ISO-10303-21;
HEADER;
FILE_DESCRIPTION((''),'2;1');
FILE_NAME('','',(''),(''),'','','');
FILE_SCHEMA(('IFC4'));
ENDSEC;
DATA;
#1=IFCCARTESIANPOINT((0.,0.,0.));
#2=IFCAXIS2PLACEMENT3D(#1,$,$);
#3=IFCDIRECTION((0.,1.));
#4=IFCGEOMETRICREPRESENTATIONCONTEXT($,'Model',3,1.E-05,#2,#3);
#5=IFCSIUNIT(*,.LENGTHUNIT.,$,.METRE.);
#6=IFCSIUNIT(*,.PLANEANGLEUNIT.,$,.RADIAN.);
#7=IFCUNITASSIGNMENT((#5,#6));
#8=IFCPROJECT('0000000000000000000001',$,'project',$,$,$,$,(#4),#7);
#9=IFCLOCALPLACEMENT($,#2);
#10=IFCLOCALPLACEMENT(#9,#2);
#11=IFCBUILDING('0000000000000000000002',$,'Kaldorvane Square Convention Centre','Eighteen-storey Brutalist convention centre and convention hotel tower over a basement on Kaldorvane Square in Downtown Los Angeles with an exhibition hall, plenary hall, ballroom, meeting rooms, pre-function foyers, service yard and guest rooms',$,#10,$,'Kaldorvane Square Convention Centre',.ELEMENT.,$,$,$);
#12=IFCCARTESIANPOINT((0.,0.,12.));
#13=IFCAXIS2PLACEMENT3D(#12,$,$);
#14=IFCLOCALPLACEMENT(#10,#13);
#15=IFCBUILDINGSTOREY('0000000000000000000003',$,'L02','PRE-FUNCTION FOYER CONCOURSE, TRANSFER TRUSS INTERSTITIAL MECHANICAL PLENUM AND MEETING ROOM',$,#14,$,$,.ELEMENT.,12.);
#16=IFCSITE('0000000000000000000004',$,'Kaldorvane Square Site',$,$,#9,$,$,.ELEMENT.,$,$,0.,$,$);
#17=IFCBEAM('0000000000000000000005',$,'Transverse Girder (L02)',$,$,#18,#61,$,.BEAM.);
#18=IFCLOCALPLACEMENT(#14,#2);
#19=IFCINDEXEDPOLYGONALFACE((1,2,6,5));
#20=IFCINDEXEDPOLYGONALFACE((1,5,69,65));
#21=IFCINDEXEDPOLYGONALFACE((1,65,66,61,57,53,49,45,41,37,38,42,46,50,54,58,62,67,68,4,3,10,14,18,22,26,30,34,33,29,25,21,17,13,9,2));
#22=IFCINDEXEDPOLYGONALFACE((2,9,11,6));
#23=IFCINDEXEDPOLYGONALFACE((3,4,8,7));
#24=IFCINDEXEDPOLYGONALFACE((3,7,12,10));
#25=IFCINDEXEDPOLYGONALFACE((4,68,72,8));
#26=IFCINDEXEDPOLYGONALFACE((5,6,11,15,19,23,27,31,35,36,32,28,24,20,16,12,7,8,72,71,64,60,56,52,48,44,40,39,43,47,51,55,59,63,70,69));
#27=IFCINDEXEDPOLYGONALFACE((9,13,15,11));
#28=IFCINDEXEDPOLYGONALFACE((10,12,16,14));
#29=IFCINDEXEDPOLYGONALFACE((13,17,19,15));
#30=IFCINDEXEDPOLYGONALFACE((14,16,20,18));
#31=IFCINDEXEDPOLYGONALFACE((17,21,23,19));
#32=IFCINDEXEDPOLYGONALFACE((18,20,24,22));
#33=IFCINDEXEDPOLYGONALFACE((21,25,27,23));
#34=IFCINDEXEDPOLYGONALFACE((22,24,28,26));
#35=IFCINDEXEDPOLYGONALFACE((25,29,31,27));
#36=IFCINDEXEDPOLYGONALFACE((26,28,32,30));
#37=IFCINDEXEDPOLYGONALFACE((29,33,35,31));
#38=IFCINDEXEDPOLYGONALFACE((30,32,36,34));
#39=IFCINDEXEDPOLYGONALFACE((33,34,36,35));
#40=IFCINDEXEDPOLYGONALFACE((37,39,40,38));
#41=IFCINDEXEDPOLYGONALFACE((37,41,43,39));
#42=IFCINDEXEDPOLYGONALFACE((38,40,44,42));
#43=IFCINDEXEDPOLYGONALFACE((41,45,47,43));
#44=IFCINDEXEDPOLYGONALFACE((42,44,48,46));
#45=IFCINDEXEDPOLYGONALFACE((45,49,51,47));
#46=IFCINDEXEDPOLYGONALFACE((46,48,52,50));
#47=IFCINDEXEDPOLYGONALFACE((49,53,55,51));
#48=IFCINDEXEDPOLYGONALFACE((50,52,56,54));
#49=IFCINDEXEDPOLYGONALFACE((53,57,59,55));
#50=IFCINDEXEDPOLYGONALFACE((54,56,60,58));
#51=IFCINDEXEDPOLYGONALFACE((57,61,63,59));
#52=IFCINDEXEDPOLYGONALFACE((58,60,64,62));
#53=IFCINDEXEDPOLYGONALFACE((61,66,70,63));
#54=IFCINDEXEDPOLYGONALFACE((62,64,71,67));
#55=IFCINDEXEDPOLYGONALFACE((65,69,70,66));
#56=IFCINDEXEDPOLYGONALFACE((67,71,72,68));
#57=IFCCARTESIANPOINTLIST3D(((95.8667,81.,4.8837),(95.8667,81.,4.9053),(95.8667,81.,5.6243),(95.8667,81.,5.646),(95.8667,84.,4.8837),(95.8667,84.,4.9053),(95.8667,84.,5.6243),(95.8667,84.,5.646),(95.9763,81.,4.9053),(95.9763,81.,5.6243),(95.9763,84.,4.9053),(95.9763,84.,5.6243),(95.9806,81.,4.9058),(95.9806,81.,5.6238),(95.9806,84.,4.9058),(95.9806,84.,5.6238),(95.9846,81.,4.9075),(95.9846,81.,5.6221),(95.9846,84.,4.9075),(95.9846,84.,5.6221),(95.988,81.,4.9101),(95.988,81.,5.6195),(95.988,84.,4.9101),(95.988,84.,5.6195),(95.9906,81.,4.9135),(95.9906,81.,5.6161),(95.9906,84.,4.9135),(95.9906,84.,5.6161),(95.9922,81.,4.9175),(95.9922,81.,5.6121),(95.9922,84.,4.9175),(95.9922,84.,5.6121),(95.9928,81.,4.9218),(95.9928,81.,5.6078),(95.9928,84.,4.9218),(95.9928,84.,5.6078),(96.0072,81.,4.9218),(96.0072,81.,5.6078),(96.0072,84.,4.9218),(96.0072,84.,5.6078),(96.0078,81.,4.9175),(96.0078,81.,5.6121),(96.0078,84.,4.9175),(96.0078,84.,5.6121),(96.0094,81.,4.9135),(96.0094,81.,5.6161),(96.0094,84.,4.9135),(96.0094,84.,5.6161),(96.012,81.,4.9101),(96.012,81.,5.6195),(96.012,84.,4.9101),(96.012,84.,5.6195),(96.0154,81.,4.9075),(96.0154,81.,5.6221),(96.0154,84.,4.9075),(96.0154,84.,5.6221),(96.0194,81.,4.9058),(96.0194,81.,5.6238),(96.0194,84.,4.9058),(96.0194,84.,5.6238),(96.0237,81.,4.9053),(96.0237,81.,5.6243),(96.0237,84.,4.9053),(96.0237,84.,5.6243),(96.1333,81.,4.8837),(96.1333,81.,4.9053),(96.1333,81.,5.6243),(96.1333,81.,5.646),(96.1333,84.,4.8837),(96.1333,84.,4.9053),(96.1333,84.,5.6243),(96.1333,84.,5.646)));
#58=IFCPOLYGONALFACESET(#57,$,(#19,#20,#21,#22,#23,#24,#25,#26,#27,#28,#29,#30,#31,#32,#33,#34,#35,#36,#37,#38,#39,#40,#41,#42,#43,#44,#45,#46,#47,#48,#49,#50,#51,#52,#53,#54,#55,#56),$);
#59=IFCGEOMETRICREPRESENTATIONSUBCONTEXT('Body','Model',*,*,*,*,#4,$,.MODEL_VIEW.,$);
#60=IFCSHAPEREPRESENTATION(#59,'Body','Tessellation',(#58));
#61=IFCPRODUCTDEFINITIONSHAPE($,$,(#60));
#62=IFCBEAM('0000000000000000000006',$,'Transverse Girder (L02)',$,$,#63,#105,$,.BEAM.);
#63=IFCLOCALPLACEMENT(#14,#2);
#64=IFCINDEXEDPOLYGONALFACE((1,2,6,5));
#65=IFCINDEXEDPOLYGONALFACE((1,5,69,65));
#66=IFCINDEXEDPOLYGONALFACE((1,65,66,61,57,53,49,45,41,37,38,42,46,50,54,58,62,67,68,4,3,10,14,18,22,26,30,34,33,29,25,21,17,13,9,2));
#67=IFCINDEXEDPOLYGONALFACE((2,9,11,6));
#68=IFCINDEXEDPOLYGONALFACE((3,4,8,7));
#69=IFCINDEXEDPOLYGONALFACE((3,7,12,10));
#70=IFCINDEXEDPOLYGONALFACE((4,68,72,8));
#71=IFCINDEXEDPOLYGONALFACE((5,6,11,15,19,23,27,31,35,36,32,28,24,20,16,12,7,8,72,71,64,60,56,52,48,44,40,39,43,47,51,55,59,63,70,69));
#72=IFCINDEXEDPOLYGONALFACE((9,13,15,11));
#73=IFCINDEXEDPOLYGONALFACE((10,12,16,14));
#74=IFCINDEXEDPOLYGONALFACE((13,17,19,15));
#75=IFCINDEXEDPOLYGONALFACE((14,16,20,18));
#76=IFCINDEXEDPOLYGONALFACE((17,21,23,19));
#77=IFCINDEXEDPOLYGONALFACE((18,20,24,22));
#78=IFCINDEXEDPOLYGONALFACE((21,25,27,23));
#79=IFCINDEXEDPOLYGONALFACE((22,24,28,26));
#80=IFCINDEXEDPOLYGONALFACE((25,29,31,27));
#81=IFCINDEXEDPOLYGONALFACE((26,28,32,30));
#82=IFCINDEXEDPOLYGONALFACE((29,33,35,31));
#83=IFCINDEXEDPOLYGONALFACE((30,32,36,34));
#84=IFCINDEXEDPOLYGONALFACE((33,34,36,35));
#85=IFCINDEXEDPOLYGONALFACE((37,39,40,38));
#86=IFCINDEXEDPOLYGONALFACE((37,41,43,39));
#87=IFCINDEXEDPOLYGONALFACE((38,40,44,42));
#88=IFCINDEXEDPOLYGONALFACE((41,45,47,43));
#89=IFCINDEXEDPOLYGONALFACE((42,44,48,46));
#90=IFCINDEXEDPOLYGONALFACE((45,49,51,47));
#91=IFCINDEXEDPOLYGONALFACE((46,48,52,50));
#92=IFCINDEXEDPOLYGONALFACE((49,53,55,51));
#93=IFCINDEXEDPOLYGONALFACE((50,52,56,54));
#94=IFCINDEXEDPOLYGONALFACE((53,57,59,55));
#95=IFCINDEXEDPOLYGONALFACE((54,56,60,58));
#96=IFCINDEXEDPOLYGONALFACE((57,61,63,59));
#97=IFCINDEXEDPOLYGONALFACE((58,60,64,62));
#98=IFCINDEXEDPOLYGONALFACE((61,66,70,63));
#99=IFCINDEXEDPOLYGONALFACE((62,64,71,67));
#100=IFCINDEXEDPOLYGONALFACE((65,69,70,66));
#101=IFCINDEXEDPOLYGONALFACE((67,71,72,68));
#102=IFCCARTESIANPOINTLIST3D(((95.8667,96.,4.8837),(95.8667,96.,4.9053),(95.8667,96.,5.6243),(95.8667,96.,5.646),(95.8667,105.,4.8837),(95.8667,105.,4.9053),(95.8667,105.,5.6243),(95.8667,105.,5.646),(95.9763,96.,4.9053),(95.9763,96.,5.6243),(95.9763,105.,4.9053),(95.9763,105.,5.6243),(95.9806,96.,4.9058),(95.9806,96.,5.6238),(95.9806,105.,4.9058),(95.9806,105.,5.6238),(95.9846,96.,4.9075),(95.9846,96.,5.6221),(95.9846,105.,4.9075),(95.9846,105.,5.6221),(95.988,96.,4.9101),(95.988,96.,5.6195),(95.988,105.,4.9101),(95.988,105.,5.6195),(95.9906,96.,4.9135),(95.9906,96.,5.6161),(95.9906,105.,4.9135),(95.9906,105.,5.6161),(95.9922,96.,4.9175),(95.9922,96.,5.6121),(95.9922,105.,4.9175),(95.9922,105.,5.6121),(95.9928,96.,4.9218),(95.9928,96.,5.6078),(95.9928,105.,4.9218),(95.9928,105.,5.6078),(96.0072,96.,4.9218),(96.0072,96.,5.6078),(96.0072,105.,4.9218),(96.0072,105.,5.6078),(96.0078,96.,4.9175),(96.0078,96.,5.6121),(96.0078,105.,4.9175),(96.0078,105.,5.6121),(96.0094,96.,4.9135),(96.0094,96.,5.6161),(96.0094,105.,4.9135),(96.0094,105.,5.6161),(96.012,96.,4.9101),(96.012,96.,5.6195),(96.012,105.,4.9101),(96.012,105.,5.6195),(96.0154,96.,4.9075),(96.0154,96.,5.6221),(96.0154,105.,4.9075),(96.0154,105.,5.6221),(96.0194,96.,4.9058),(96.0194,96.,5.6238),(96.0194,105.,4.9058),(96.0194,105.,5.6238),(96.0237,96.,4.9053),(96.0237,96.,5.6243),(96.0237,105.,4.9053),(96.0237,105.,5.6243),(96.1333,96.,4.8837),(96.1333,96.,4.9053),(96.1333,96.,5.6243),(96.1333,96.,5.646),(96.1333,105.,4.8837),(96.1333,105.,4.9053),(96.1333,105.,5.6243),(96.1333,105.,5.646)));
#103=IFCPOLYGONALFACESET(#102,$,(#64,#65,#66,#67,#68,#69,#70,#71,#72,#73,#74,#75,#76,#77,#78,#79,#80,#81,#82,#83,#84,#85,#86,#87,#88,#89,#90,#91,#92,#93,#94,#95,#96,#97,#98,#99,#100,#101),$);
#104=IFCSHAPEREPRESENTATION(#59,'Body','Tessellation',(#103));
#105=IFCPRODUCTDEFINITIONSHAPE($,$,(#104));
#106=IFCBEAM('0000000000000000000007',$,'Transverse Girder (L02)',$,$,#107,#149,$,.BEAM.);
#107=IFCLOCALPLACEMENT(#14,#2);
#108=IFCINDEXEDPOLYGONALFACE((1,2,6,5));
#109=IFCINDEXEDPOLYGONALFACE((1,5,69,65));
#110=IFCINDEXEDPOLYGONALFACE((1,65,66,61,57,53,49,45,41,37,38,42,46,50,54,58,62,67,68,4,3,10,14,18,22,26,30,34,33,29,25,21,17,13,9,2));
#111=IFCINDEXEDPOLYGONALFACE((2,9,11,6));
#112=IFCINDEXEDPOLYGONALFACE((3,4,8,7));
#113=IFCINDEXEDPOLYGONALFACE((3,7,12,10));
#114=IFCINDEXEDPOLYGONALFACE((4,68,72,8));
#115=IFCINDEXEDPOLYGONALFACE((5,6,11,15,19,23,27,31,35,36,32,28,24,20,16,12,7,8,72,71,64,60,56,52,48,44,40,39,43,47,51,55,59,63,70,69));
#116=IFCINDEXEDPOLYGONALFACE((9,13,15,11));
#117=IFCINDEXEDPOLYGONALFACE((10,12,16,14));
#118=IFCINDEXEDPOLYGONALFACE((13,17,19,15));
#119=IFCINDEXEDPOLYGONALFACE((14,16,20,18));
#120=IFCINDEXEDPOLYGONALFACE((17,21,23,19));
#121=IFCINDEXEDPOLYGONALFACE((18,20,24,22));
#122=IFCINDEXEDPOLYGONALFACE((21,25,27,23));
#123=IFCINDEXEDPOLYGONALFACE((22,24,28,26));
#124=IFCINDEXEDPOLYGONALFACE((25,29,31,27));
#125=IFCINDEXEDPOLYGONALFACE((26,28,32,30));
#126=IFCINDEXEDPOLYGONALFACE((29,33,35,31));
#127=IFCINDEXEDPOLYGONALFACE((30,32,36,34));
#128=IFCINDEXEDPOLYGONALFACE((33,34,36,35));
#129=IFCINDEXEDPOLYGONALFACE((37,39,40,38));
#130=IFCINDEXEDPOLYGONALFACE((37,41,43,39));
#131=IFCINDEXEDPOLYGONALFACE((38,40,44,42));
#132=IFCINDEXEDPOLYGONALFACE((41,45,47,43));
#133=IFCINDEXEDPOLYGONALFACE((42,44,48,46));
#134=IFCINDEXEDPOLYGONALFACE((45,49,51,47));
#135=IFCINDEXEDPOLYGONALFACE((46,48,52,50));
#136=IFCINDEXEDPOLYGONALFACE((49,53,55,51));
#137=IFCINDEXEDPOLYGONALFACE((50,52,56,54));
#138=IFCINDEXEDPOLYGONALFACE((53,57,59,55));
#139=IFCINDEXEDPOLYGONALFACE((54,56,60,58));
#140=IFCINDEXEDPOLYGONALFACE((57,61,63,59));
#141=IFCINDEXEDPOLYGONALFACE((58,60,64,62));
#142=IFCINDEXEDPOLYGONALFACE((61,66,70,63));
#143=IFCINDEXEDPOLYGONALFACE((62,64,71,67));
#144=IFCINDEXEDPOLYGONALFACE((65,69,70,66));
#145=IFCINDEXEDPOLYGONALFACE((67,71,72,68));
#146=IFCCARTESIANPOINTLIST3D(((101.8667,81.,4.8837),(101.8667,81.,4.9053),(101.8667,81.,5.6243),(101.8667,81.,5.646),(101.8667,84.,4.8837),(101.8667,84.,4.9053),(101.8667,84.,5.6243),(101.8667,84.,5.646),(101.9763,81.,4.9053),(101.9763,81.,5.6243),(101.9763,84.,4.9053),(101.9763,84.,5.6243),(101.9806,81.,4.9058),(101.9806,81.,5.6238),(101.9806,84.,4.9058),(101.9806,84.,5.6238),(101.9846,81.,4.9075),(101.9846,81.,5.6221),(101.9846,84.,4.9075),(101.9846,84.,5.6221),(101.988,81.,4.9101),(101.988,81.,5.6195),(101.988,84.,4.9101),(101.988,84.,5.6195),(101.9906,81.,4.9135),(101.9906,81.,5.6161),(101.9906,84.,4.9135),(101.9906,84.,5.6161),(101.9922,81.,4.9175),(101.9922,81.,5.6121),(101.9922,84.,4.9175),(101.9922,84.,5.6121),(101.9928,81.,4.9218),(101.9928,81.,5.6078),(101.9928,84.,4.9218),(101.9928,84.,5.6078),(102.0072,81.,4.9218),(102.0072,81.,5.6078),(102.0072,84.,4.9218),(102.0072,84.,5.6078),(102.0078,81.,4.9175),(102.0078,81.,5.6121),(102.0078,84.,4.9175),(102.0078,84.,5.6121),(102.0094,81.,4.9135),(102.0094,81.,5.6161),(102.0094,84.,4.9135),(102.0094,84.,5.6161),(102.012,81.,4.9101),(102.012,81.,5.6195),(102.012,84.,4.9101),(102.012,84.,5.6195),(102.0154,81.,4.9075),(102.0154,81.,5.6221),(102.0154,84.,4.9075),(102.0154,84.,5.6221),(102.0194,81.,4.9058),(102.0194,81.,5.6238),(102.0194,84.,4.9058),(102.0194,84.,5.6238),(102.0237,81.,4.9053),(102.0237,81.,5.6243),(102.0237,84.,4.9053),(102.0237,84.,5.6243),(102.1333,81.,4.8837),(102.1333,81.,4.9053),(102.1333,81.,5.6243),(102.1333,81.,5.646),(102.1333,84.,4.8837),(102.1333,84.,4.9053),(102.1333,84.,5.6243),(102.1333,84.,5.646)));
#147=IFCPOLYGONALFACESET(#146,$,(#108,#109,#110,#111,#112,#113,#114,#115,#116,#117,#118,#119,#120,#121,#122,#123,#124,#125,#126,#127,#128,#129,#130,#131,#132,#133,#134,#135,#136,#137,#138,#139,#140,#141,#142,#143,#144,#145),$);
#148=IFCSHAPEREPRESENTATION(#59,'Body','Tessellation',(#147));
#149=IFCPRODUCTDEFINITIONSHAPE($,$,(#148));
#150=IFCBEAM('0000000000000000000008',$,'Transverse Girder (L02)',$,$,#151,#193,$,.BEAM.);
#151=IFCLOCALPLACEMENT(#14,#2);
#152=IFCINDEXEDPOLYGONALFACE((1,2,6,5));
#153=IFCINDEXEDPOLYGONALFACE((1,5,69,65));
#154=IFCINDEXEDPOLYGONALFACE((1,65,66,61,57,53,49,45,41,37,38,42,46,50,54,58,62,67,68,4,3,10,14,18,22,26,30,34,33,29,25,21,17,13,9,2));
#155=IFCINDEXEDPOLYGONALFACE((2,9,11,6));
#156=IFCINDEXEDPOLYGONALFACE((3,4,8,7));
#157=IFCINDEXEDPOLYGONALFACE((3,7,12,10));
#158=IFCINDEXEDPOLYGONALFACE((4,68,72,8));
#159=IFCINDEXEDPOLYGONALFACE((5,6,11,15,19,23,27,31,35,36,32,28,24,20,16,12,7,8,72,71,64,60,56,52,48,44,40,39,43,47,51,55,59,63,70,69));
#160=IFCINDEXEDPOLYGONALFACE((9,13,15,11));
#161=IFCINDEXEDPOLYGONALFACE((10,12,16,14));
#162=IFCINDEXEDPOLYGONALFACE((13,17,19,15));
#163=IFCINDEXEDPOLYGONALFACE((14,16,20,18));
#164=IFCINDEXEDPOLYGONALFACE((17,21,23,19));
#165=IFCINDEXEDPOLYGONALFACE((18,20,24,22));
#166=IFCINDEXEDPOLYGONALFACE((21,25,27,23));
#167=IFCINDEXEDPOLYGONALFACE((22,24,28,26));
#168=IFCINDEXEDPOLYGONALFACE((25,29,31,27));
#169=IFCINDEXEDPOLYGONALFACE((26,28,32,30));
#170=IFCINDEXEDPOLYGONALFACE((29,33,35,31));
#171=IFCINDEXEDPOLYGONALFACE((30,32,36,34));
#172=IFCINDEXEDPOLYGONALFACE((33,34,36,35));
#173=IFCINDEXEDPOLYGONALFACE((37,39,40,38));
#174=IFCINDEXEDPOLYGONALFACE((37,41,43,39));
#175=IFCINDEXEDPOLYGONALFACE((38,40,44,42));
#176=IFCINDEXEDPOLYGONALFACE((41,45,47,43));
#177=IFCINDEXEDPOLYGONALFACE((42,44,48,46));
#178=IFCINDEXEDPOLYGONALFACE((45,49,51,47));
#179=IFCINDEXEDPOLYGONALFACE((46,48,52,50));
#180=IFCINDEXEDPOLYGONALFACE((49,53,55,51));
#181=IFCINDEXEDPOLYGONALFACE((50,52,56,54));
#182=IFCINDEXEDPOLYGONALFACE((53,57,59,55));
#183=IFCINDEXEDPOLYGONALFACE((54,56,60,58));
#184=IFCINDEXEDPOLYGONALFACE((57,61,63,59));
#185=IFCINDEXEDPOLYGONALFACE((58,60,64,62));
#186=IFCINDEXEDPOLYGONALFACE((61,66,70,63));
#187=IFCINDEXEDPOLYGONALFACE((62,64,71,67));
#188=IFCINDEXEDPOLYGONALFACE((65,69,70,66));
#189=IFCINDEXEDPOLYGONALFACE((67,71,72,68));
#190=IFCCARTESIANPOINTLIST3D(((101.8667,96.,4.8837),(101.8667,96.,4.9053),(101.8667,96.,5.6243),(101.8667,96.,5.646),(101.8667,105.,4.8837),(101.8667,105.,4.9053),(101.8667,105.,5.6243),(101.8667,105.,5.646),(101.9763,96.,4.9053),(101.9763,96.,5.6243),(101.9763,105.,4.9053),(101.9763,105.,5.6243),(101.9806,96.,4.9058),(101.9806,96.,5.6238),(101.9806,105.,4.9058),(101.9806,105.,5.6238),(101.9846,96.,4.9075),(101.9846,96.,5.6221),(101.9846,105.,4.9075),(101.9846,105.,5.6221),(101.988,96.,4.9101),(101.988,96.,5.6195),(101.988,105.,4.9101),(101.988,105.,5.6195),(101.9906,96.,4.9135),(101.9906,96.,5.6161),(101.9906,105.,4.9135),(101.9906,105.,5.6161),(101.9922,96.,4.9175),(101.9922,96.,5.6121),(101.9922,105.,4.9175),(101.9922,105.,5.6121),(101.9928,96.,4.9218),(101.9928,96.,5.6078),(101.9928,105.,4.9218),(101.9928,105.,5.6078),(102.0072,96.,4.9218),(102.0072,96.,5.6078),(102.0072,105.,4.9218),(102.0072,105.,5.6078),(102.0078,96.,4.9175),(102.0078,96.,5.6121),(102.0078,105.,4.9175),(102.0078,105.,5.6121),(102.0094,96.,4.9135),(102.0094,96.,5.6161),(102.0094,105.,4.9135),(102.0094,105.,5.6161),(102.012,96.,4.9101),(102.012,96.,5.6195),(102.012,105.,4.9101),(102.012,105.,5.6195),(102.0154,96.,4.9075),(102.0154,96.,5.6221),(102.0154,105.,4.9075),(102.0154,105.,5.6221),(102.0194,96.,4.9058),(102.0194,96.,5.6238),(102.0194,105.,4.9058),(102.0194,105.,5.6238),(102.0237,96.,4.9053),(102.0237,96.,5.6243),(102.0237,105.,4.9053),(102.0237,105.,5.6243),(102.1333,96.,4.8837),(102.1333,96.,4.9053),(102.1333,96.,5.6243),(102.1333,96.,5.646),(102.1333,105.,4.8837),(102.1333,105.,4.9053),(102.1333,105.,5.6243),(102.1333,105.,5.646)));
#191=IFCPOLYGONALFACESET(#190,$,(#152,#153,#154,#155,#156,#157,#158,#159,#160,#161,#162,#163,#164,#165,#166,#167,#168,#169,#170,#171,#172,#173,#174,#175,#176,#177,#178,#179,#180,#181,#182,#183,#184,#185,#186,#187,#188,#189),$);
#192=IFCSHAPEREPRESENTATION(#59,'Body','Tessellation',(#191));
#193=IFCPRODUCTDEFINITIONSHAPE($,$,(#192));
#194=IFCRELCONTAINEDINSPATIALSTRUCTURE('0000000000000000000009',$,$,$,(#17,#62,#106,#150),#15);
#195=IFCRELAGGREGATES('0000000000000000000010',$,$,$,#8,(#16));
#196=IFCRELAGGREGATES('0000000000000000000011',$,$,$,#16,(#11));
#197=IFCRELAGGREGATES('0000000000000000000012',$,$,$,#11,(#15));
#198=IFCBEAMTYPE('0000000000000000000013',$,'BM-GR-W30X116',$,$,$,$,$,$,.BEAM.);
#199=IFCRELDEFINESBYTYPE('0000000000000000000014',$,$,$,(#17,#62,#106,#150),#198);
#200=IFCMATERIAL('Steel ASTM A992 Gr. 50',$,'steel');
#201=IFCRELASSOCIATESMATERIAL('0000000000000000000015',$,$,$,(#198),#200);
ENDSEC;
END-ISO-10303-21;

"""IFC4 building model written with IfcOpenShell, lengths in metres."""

from ifc_helpers import new_model, si_unit, direction, frame, origin, origin_2d, place, context, subcontext, project, spatial, i_section, extrude, material, material_profile, profile_set, type_object, element, save


model = new_model("IFC4")

# Units and contexts
model_context = context("Model", 3, precision=1e-05, world=origin(), true_north=direction((0.0, 1.0)))
body_context = subcontext(model_context, "Body", "Model", "MODEL_VIEW")
ifc_project = project(units=[si_unit("LENGTHUNIT", "METRE"), si_unit("PLANEANGLEUNIT", "RADIAN")], contexts=[model_context])

# Site, building, storey
site_placement = place(None, origin())
site = spatial("IfcSite", under=ifc_project, at=site_placement, Name="Kaldorvane Square Site", CompositionType="ELEMENT", RefElevation=0.0)
building_placement = place(site_placement, origin())
building = spatial("IfcBuilding", under=site, at=building_placement, Name="Kaldorvane Square Convention Centre", Description="Eighteen-storey Brutalist convention centre and convention hotel tower over a basement on Kaldorvane Square in Downtown Los Angeles with an exhibition hall, plenary hall, ballroom, meeting rooms, pre-function foyers, service yard and guest rooms", LongName="Kaldorvane Square Convention Centre", CompositionType="ELEMENT")
storey_placement = place(building_placement, frame((0.0, 0.0, 12.0)))
storey = spatial("IfcBuildingStorey", under=building, at=storey_placement, Name="L02", Description="PRE-FUNCTION FOYER CONCOURSE, TRANSFER TRUSS INTERSTITIAL MECHANICAL PLENUM AND MEETING ROOM", CompositionType="ELEMENT", Elevation=12.0)

# Shared definitions
ifc_material_1 = material(Name="Steel ASTM A992 Gr. 50", Category="steel")

# Beams
ifc_material_profile_1 = material_profile(ifc_material_1, i_section(OverallWidth=0.2666, OverallDepth=0.7623, WebThickness=0.0144, FlangeThickness=0.0216, FilletRadius=0.0165, at=origin_2d()), Name="W30X116")
ifc_profile_set_1 = profile_set([ifc_material_profile_1], Name="Steel ASTM A992 Gr. 50")
beam_type_1 = type_object("IfcBeamType", Name="BM-GR-W30X116", PredefinedType="BEAM", material=ifc_profile_set_1)
beam_1_placement = place(storey_placement, frame((96.0, 81.0, 5.2648), z_axis=(0.0, 1.0, 0.0), x_axis=(-1.0, 0.0, 0.0)))
element("IfcBeam", 1, at=beam_1_placement, inside=storey, type_object=beam_type_1, Name="Transverse Girder (L02)", PredefinedType="BEAM", context=body_context, shape_type="SweptSolid", body=[
    extrude(i_section(OverallWidth=0.2666, OverallDepth=0.7623, WebThickness=0.0144, FlangeThickness=0.0216, FilletRadius=0.0165, at=origin_2d()), origin(), (0.0, 0.0, 1.0), 3.0),
])
beam_2_placement = place(storey_placement, frame((96.0, 96.0, 5.2648), z_axis=(0.0, 1.0, 0.0), x_axis=(-1.0, 0.0, 0.0)))
element("IfcBeam", 2, at=beam_2_placement, inside=storey, type_object=beam_type_1, Name="Transverse Girder (L02)", PredefinedType="BEAM", context=body_context, shape_type="SweptSolid", body=[
    extrude(i_section(OverallWidth=0.2666, OverallDepth=0.7623, WebThickness=0.0144, FlangeThickness=0.0216, FilletRadius=0.0165, at=origin_2d()), origin(), (0.0, 0.0, 1.0), 9.0),
])
beam_3_placement = place(storey_placement, frame((102.0, 81.0, 5.2648), z_axis=(0.0, 1.0, 0.0), x_axis=(-1.0, 0.0, 0.0)))
element("IfcBeam", 3, at=beam_3_placement, inside=storey, type_object=beam_type_1, Name="Transverse Girder (L02)", PredefinedType="BEAM", context=body_context, shape_type="SweptSolid", body=[
    extrude(i_section(OverallWidth=0.2666, OverallDepth=0.7623, WebThickness=0.0144, FlangeThickness=0.0216, FilletRadius=0.0165, at=origin_2d()), origin(), (0.0, 0.0, 1.0), 3.0),
])
beam_4_placement = place(storey_placement, frame((102.0, 96.0, 5.2648), z_axis=(0.0, 1.0, 0.0), x_axis=(-1.0, 0.0, 0.0)))
element("IfcBeam", 4, at=beam_4_placement, inside=storey, type_object=beam_type_1, Name="Transverse Girder (L02)", PredefinedType="BEAM", context=body_context, shape_type="SweptSolid", body=[
    extrude(i_section(OverallWidth=0.2666, OverallDepth=0.7623, WebThickness=0.0144, FlangeThickness=0.0216, FilletRadius=0.0165, at=origin_2d()), origin(), (0.0, 0.0, 1.0), 9.0),
])

save(model, "model.ifc")
